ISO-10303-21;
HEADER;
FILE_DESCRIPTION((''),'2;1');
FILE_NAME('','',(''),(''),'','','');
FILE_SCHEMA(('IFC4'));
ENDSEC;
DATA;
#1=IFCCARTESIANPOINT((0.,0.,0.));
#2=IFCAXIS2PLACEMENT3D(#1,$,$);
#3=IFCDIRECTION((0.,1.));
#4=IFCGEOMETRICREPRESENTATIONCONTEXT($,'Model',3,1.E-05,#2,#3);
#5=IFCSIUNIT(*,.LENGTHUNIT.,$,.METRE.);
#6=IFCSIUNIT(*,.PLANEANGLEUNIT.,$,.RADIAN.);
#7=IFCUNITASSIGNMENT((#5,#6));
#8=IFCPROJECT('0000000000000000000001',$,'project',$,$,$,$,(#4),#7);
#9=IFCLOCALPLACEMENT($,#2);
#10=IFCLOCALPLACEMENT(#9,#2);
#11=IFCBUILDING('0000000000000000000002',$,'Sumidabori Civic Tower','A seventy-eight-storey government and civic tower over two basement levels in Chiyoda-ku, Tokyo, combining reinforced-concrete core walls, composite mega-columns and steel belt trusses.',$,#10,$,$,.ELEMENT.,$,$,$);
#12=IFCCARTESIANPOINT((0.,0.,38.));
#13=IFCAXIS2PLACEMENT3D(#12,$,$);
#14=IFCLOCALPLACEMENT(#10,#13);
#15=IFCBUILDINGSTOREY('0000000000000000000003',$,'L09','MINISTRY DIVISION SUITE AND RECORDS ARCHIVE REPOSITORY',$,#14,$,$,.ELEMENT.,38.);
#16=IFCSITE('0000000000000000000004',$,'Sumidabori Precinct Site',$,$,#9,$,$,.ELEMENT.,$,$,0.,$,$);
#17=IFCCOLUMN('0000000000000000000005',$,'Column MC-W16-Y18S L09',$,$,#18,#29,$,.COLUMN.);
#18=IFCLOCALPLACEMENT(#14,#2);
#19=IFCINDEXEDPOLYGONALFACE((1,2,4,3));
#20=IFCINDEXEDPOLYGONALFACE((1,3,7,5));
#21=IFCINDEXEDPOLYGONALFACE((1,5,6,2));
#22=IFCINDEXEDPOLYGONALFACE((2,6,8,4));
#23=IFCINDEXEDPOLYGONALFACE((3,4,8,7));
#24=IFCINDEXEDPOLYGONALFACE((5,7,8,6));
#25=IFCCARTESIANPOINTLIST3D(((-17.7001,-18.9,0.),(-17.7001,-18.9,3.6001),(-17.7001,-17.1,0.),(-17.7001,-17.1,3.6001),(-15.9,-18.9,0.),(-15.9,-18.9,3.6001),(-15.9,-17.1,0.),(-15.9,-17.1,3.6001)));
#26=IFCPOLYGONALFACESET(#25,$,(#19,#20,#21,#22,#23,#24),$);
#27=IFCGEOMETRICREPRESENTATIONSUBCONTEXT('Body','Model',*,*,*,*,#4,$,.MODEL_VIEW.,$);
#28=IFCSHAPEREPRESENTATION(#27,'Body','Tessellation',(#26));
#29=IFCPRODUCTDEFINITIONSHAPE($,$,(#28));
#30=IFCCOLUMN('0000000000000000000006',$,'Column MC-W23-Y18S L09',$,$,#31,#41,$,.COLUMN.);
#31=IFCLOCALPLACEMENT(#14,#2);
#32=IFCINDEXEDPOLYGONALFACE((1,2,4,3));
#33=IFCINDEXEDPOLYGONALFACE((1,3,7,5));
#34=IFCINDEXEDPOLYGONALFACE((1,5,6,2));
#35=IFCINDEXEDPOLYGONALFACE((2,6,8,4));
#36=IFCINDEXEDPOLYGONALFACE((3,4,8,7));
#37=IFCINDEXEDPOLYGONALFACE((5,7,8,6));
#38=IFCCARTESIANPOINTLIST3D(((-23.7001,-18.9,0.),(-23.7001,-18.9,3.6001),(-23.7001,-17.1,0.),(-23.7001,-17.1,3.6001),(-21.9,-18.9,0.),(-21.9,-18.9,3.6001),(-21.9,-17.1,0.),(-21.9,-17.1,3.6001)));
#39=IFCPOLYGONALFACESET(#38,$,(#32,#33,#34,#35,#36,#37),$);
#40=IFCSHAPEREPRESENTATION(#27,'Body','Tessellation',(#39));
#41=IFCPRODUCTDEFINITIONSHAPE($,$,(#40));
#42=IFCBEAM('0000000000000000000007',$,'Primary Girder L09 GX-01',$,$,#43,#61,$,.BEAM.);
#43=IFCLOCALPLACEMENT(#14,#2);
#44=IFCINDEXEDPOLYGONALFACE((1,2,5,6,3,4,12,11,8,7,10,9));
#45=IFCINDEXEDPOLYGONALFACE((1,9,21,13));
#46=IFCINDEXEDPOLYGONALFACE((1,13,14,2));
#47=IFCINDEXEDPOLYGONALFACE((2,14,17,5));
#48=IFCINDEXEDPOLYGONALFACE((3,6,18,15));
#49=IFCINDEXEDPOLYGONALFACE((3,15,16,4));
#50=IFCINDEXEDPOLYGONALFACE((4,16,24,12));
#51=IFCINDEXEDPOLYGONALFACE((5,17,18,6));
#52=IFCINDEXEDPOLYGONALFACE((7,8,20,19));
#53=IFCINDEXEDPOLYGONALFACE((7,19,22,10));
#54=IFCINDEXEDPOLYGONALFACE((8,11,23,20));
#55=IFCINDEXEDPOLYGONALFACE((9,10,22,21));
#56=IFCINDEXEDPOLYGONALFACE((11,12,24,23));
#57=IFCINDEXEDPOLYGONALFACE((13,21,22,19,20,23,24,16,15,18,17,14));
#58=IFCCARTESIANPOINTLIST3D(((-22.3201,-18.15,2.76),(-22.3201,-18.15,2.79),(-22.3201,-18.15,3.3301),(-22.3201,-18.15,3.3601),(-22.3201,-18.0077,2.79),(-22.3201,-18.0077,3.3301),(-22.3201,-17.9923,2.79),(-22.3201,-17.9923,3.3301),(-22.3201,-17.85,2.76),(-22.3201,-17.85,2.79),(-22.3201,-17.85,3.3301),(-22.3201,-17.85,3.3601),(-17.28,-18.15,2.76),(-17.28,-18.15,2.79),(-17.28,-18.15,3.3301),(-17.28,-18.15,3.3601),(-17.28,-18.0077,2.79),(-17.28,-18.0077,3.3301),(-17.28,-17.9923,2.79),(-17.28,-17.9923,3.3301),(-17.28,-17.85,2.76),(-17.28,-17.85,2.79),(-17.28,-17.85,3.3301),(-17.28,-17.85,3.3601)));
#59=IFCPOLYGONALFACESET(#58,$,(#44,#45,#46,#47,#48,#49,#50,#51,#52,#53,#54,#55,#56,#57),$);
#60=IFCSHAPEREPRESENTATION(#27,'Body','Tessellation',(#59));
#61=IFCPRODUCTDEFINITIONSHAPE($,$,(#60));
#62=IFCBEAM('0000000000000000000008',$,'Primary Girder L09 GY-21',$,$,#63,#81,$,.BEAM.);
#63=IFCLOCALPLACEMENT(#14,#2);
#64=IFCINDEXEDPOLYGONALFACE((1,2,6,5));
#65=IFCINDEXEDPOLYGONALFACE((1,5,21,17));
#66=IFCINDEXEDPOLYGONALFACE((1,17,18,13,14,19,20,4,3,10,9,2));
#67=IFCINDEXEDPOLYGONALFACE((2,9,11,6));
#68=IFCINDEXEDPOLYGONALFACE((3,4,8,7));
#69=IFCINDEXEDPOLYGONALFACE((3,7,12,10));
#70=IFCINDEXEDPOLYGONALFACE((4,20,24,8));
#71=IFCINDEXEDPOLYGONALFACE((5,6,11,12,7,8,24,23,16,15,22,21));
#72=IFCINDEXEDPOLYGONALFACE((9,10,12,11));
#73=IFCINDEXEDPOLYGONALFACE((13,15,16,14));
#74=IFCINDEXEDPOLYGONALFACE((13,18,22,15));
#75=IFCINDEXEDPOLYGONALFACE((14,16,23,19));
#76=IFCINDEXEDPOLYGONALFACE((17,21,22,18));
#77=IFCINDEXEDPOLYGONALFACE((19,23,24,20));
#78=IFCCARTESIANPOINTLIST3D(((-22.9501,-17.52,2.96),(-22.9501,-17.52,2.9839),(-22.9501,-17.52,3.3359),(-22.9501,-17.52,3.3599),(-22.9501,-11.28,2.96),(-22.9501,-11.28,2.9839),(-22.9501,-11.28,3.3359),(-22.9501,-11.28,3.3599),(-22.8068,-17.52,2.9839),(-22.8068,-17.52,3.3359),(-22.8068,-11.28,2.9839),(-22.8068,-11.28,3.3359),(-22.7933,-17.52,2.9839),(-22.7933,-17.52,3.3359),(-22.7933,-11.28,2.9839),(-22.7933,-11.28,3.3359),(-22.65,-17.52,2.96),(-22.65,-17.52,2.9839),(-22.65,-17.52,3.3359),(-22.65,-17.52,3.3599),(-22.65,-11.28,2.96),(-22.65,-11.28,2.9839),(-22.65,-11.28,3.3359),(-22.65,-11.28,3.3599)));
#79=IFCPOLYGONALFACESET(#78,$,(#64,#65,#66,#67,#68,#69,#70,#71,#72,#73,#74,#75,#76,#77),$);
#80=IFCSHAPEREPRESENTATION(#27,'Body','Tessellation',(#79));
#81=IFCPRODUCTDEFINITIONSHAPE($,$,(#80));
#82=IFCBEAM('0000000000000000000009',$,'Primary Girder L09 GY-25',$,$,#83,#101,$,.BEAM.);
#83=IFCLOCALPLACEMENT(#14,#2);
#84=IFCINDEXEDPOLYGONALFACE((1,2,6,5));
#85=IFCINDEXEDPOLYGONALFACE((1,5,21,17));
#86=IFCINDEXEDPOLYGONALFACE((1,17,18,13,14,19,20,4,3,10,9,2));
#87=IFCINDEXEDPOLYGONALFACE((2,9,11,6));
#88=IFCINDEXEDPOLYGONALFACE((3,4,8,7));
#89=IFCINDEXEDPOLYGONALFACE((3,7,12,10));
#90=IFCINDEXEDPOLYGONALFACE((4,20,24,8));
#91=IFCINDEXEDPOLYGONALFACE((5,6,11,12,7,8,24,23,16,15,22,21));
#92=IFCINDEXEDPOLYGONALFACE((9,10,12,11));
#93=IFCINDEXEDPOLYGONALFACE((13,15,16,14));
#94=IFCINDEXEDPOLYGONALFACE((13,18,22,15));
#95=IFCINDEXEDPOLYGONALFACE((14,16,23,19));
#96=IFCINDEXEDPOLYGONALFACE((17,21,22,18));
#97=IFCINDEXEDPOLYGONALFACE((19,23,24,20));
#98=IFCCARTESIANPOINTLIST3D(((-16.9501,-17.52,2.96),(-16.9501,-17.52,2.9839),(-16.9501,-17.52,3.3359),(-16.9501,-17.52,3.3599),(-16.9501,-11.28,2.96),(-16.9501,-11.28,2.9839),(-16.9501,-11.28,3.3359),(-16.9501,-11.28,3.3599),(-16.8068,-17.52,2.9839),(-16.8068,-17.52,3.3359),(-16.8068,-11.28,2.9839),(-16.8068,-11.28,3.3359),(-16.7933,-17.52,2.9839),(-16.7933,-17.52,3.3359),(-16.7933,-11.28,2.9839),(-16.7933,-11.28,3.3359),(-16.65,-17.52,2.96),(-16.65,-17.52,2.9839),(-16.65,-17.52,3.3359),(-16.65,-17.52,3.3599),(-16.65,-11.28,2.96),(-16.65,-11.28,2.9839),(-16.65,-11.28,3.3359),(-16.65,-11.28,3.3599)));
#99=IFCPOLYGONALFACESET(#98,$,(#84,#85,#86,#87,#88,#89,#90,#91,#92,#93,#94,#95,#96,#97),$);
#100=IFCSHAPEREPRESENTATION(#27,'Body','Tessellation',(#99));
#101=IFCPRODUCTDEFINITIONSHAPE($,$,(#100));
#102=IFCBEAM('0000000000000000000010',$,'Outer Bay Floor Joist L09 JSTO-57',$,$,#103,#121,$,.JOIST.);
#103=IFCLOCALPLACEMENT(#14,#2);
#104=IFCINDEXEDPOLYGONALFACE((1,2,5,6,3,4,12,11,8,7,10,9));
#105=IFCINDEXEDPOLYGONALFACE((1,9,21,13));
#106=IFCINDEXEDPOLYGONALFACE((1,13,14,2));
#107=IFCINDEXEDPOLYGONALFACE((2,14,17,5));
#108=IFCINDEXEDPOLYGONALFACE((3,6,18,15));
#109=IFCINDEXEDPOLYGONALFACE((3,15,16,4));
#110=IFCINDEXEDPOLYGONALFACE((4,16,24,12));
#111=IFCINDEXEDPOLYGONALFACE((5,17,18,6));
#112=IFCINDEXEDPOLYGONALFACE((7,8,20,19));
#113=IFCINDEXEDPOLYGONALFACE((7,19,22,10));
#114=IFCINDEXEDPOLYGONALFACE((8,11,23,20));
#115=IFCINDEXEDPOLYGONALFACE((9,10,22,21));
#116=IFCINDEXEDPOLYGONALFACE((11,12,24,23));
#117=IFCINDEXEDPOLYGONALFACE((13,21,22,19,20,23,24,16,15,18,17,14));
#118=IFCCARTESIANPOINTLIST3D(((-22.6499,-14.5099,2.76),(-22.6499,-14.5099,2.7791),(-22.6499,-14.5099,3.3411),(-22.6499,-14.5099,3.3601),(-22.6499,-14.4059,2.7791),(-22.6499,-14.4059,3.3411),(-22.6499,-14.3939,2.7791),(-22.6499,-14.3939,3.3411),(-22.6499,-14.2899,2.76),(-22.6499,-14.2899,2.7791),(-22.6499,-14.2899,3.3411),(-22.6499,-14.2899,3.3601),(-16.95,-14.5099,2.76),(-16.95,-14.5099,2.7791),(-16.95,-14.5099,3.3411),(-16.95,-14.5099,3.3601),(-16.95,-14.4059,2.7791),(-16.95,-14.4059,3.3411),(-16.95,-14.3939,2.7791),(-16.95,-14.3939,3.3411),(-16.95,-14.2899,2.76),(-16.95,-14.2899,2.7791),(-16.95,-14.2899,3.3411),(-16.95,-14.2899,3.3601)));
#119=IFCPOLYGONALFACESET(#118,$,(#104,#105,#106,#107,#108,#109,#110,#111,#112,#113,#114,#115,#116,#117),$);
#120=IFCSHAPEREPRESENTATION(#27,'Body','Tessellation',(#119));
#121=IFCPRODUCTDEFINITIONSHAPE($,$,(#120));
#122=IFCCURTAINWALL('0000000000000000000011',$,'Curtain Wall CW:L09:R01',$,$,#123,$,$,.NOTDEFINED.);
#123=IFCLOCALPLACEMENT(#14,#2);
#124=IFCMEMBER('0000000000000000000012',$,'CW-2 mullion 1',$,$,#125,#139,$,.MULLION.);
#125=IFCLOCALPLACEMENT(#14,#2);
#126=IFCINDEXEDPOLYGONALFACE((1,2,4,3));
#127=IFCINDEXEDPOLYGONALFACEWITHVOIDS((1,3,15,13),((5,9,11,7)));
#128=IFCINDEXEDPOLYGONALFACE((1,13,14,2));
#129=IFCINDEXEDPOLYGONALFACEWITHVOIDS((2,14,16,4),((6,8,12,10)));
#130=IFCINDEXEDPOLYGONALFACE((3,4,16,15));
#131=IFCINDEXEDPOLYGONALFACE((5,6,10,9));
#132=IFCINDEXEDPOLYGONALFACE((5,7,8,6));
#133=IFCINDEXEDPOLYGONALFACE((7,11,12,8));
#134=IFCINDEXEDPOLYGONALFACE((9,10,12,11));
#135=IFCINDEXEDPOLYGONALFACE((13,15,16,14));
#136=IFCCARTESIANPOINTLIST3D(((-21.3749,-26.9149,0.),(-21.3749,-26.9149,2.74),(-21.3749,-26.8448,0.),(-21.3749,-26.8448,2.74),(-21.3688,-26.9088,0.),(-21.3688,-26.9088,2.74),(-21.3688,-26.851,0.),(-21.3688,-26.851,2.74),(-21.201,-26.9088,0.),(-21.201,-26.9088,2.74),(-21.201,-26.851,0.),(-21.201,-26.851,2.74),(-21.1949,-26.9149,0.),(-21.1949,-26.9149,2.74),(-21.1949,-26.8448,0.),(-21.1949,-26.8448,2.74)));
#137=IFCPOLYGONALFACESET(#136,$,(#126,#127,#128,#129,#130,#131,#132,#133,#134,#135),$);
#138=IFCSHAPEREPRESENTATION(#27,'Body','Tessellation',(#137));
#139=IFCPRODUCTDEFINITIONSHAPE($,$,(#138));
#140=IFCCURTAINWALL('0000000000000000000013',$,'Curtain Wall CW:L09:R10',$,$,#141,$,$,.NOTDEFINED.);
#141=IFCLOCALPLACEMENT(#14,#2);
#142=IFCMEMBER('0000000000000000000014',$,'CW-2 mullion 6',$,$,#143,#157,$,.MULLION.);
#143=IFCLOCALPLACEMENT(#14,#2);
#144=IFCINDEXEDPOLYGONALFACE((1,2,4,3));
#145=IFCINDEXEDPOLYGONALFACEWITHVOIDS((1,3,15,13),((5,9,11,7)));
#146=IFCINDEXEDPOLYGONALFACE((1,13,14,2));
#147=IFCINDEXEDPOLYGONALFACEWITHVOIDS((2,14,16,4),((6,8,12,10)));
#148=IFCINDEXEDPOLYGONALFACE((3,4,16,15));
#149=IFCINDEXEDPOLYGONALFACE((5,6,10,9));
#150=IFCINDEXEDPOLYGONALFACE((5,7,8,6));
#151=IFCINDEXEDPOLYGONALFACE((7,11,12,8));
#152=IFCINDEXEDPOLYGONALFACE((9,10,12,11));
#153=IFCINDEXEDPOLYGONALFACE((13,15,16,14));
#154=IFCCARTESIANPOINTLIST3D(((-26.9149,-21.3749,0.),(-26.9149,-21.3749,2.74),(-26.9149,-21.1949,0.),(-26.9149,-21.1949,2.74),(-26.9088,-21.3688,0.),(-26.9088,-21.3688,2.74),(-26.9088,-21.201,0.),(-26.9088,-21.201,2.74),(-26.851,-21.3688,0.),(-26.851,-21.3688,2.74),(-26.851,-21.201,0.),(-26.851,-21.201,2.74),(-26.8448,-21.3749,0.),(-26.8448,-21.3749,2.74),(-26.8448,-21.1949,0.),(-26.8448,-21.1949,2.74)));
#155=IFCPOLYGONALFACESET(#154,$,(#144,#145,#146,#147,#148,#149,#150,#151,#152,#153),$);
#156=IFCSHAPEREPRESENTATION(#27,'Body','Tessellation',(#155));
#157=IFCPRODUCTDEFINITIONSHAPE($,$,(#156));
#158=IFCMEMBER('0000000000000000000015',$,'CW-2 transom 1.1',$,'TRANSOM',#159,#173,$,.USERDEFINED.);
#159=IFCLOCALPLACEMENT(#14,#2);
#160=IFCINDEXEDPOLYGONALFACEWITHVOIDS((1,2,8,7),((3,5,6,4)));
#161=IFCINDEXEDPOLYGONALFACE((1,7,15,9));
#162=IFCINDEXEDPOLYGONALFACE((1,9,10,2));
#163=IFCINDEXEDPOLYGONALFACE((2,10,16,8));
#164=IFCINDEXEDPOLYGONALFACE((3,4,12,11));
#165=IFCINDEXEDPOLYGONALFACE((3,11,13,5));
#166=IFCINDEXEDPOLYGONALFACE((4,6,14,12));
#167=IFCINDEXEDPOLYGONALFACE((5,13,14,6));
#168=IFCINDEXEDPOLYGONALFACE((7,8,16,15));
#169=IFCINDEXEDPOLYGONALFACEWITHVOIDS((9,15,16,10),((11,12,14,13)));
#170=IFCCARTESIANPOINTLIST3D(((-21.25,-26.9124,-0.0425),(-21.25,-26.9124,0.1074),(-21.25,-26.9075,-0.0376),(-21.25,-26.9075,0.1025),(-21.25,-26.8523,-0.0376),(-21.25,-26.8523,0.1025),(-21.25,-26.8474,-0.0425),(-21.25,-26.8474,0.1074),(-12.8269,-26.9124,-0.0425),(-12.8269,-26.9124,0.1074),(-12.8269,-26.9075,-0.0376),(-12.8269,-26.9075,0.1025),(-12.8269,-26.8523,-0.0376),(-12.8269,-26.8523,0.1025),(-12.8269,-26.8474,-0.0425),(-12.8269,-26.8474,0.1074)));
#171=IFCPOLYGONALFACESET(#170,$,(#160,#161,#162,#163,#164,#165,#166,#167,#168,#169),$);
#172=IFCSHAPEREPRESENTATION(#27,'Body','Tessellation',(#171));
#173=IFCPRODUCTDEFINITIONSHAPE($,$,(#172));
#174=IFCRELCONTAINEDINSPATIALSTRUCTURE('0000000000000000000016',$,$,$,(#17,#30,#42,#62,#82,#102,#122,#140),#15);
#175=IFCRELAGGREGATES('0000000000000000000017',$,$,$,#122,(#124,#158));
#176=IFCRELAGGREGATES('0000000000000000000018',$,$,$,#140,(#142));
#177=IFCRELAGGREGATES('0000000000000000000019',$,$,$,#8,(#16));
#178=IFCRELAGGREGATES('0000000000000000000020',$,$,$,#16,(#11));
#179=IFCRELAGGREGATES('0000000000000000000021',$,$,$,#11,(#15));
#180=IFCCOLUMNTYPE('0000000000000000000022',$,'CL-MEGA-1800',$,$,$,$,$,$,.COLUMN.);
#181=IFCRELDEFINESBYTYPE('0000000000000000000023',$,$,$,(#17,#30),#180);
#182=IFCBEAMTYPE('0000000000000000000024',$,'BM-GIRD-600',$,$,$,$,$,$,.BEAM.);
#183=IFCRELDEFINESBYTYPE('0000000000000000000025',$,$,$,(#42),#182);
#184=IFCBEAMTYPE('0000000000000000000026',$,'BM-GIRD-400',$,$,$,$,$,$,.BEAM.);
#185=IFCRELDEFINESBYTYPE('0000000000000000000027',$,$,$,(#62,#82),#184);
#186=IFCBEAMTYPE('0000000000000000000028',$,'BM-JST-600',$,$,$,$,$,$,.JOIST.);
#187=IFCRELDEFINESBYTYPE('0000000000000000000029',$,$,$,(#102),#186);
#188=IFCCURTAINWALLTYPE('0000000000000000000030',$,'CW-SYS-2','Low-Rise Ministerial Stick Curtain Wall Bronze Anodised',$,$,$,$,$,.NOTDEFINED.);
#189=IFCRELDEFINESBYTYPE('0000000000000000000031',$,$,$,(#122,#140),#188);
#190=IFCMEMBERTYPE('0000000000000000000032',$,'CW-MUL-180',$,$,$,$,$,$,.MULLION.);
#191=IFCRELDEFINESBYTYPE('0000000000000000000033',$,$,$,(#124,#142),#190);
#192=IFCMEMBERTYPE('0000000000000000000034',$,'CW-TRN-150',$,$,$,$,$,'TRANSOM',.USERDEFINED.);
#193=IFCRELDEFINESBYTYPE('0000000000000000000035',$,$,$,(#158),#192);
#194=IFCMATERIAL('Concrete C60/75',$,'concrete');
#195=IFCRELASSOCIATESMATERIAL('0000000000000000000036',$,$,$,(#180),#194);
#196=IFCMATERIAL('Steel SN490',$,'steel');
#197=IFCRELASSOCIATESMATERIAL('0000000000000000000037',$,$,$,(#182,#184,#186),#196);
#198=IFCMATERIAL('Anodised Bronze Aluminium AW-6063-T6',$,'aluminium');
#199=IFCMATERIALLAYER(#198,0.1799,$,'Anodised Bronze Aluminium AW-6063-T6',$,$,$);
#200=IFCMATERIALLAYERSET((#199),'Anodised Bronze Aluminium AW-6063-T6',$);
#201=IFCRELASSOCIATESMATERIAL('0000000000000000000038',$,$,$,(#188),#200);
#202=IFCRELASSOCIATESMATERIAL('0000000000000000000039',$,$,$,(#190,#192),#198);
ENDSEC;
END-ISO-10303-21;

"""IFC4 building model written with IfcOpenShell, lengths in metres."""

from ifc_helpers import new_model, si_unit, direction, frame, origin, origin_2d, place, context, subcontext, project, spatial, rectangle, hollow_rectangle, i_section, extrude, source, transform, mapped, material, layer, layer_set, material_profile, profile_set, type_object, element, aggregate, save


model = new_model("IFC4")

# Units and contexts
model_context = context("Model", 3, precision=1e-05, world=origin(), true_north=direction((0.0, 1.0)))
body_context = subcontext(model_context, "Body", "Model", "MODEL_VIEW")
ifc_project = project(units=[si_unit("LENGTHUNIT", "METRE"), si_unit("PLANEANGLEUNIT", "RADIAN")], contexts=[model_context])

# Site, building, storey
site_placement = place(None, origin())
site = spatial("IfcSite", under=ifc_project, at=site_placement, Name="Sumidabori Precinct Site", CompositionType="ELEMENT", RefElevation=0.0)
building_placement = place(site_placement, origin())
building = spatial("IfcBuilding", under=site, at=building_placement, Name="Sumidabori Civic Tower", Description="A seventy-eight-storey government and civic tower over two basement levels in Chiyoda-ku, Tokyo, combining reinforced-concrete core walls, composite mega-columns and steel belt trusses.", CompositionType="ELEMENT")
storey_placement = place(building_placement, frame((0.0, 0.0, 38.0)))
storey = spatial("IfcBuildingStorey", under=building, at=storey_placement, Name="L09", Description="MINISTRY DIVISION SUITE AND RECORDS ARCHIVE REPOSITORY", CompositionType="ELEMENT", Elevation=38.0)

# Columns
ifc_material_1 = material(Name="Concrete C60/75", Category="concrete")
ifc_material_profile_1 = material_profile(ifc_material_1, rectangle(XDim=1.8, YDim=1.8, at=origin_2d()), Name="RC 1800x1800")
ifc_profile_set_1 = profile_set([ifc_material_profile_1], Name="Concrete C60/75")
column_type = type_object("IfcColumnType", Name="CL-MEGA-1800", PredefinedType="COLUMN", material=ifc_profile_set_1)
shared_shape_1 = source(origin(), body_context, "Body", "SweptSolid", [
    extrude(rectangle(XDim=1.8, YDim=1.8, at=origin_2d()), origin(), (0.0, 0.0, 1.0), 3.6001),
])
for number, where, z_axis, x_axis, name in (
    (1, (-16.8, -18.0, 0.0), (0.0, 0.0, 1.0), (1.0, 0.0, 0.0), "Column MC-W16-Y18S L09"),
    (2, (-22.8, -18.0, 0.0), (0.0, 0.0, 1.0), (1.0, 0.0, 0.0), "Column MC-W23-Y18S L09"),
):
    element("IfcColumn", number, at=place(storey_placement, frame(where, z_axis=z_axis, x_axis=x_axis)), inside=storey, type_object=column_type, Name=name, PredefinedType="COLUMN", context=body_context, shape_type="MappedRepresentation", body=[
        mapped(shared_shape_1, transform((0.0, 0.0, 0.0), x_axis=(1.0, 0.0, 0.0), y_axis=(0.0, 1.0, 0.0), z_axis=(0.0, 0.0, 1.0), scale=1.0)),
    ])

# Beams
ifc_material_2 = material(Name="Steel SN490", Category="steel")
ifc_material_profile_2 = material_profile(ifc_material_2, i_section(OverallWidth=0.3, OverallDepth=0.6001, WebThickness=0.0154, FlangeThickness=0.03, at=origin_2d()), Name="HE 600 B")
ifc_profile_set_2 = profile_set([ifc_material_profile_2], Name="Steel SN490")
beam_type_1 = type_object("IfcBeamType", Name="BM-GIRD-600", PredefinedType="BEAM", material=ifc_profile_set_2)
shared_shape_2 = source(origin(), body_context, "Body", "SweptSolid", [
    extrude(i_section(OverallWidth=0.3, OverallDepth=0.6001, WebThickness=0.0154, FlangeThickness=0.03, at=origin_2d()), origin(), (0.0, 0.0, 1.0), 5.04),
])
beam_1_placement = place(storey_placement, frame((-22.3201, -18.0, 3.0601), z_axis=(1.0, 0.0, 0.0), x_axis=(0.0, 1.0, 0.0)))
element("IfcBeam", 3, at=beam_1_placement, inside=storey, type_object=beam_type_1, Name="Primary Girder L09 GX-01", PredefinedType="BEAM", context=body_context, shape_type="MappedRepresentation", body=[
    mapped(shared_shape_2, transform((0.0, 0.0, 0.0), x_axis=(1.0, 0.0, 0.0), y_axis=(0.0, 1.0, 0.0), z_axis=(0.0, 0.0, 1.0), scale=1.0)),
])
ifc_material_profile_3 = material_profile(ifc_material_2, i_section(OverallWidth=0.3, OverallDepth=0.3999, WebThickness=0.0134, FlangeThickness=0.0239, at=origin_2d()), Name="HE 400 B")
ifc_profile_set_3 = profile_set([ifc_material_profile_3], Name="Steel SN490")
beam_type_2 = type_object("IfcBeamType", Name="BM-GIRD-400", PredefinedType="BEAM", material=ifc_profile_set_3)
shared_shape_3 = source(origin(), body_context, "Body", "SweptSolid", [
    extrude(i_section(OverallWidth=0.3, OverallDepth=0.3999, WebThickness=0.0134, FlangeThickness=0.0239, at=origin_2d()), origin(), (0.0, 0.0, 1.0), 6.24),
])
for number, where, z_axis, x_axis, name in (
    (4, (-22.8, -17.52, 3.1599), (0.0, 1.0, 0.0), (-1.0, 0.0, 0.0), "Primary Girder L09 GY-21"),
    (5, (-16.8, -17.52, 3.1599), (0.0, 1.0, 0.0), (-1.0, 0.0, 0.0), "Primary Girder L09 GY-25"),
):
    element("IfcBeam", number, at=place(storey_placement, frame(where, z_axis=z_axis, x_axis=x_axis)), inside=storey, type_object=beam_type_2, Name=name, PredefinedType="BEAM", context=body_context, shape_type="MappedRepresentation", body=[
        mapped(shared_shape_3, transform((0.0, 0.0, 0.0), x_axis=(1.0, 0.0, 0.0), y_axis=(0.0, 1.0, 0.0), z_axis=(0.0, 0.0, 1.0), scale=1.0)),
    ])
ifc_material_profile_4 = material_profile(ifc_material_2, i_section(OverallWidth=0.22, OverallDepth=0.6001, WebThickness=0.012, FlangeThickness=0.019, at=origin_2d()), Name="IPE 600")
ifc_profile_set_4 = profile_set([ifc_material_profile_4], Name="Steel SN490")
beam_type_3 = type_object("IfcBeamType", Name="BM-JST-600", PredefinedType="JOIST", material=ifc_profile_set_4)
shared_shape_4 = source(origin(), body_context, "Body", "SweptSolid", [
    extrude(i_section(OverallWidth=0.22, OverallDepth=0.6001, WebThickness=0.012, FlangeThickness=0.019, at=origin_2d()), origin(), (0.0, 0.0, 1.0), 5.7),
])
beam_2_placement = place(storey_placement, frame((-22.6499, -14.3999, 3.0601), z_axis=(1.0, 0.0, 0.0), x_axis=(0.0, 1.0, 0.0)))
element("IfcBeam", 6, at=beam_2_placement, inside=storey, type_object=beam_type_3, Name="Outer Bay Floor Joist L09 JSTO-57", PredefinedType="JOIST", context=body_context, shape_type="MappedRepresentation", body=[
    mapped(shared_shape_4, transform((0.0, 0.0, 0.0), x_axis=(1.0, 0.0, 0.0), y_axis=(0.0, 1.0, 0.0), z_axis=(0.0, 0.0, 1.0), scale=1.0)),
])

# Curtain walls, members
ifc_material_3 = material(Name="Anodised Bronze Aluminium AW-6063-T6", Category="aluminium")
ifc_layer_1 = layer(ifc_material_3, 0.1799, Name="Anodised Bronze Aluminium AW-6063-T6")
ifc_layer_set_1 = layer_set([ifc_layer_1], Name="Anodised Bronze Aluminium AW-6063-T6")
curtain_wall_type = type_object("IfcCurtainWallType", Name="CW-SYS-2", Description="Low-Rise Ministerial Stick Curtain Wall Bronze Anodised", PredefinedType="NOTDEFINED", material=ifc_layer_set_1)
curtain_wall_1_placement = place(storey_placement, origin())
curtain_wall_1 = element("IfcCurtainWall", 7, at=curtain_wall_1_placement, inside=storey, type_object=curtain_wall_type, Name="Curtain Wall CW:L09:R01", PredefinedType="NOTDEFINED")
ifc_material_profile_5 = material_profile(ifc_material_3, hollow_rectangle(XDim=0.0701, YDim=0.1799, WallThickness=0.0061, at=origin_2d()), Name="ALU MULLION 180x70")
ifc_profile_set_5 = profile_set([ifc_material_profile_5], Name="Anodised Bronze Aluminium AW-6063-T6")
member_type_1 = type_object("IfcMemberType", Name="CW-MUL-180", PredefinedType="MULLION", material=ifc_profile_set_5)
shared_shape_5 = source(origin(), body_context, "Body", "SweptSolid", [
    extrude(hollow_rectangle(XDim=0.0701, YDim=0.1799, WallThickness=0.0061, at=origin_2d()), origin(), (0.0, 0.0, 1.0), 2.74),
])
member_1_placement = place(storey_placement, frame((-21.2849, -26.8799, 0.0), z_axis=(0.0, 0.0, 1.0), x_axis=(0.0, 1.0, 0.0)))
member_1 = element("IfcMember", 8, at=member_1_placement, type_object=member_type_1, Name="CW-2 mullion 1", PredefinedType="MULLION", context=body_context, shape_type="MappedRepresentation", body=[
    mapped(shared_shape_5, transform((0.0, 0.0, 0.0), x_axis=(1.0, 0.0, 0.0), y_axis=(0.0, 1.0, 0.0), z_axis=(0.0, 0.0, 1.0), scale=1.0)),
])
curtain_wall_2_placement = place(storey_placement, origin())
curtain_wall_2 = element("IfcCurtainWall", 9, at=curtain_wall_2_placement, inside=storey, type_object=curtain_wall_type, Name="Curtain Wall CW:L09:R10", PredefinedType="NOTDEFINED")
member_2_placement = place(storey_placement, frame((-26.8799, -21.2849, 0.0), z_axis=(0.0, 0.0, 1.0), x_axis=(1.0, 0.0, 0.0)))
member_2 = element("IfcMember", 10, at=member_2_placement, type_object=member_type_1, Name="CW-2 mullion 6", PredefinedType="MULLION", context=body_context, shape_type="MappedRepresentation", body=[
    mapped(shared_shape_5, transform((0.0, 0.0, 0.0), x_axis=(1.0, 0.0, 0.0), y_axis=(0.0, 1.0, 0.0), z_axis=(0.0, 0.0, 1.0), scale=1.0)),
])

# Member
ifc_material_profile_6 = material_profile(ifc_material_3, hollow_rectangle(XDim=0.0649, YDim=0.1499, WallThickness=0.0049, at=origin_2d()), Name="ALU TRANSOM 150x65")
ifc_profile_set_6 = profile_set([ifc_material_profile_6], Name="Anodised Bronze Aluminium AW-6063-T6")
member_type_2 = type_object("IfcMemberType", Name="CW-TRN-150", ElementType="TRANSOM", PredefinedType="USERDEFINED", material=ifc_profile_set_6)
shared_shape_6 = source(origin(), body_context, "Body", "SweptSolid", [
    extrude(hollow_rectangle(XDim=0.0649, YDim=0.1499, WallThickness=0.0049, at=origin_2d()), origin(), (0.0, 0.0, 1.0), 8.4231),
])
member_3_placement = place(storey_placement, frame((-21.25, -26.8799, 0.0325), z_axis=(1.0, 0.0, 0.0), x_axis=(0.0, 1.0, 0.0)))
member_3 = element("IfcMember", 11, at=member_3_placement, type_object=member_type_2, Name="CW-2 transom 1.1", ObjectType="TRANSOM", PredefinedType="USERDEFINED", context=body_context, shape_type="MappedRepresentation", body=[
    mapped(shared_shape_6, transform((0.0, 0.0, 0.0), x_axis=(1.0, 0.0, 0.0), y_axis=(0.0, 1.0, 0.0), z_axis=(0.0, 0.0, 1.0), scale=1.0)),
])

aggregate(curtain_wall_1, [member_1, member_3])
aggregate(curtain_wall_2, [member_2])

save(model, "model.ifc")
